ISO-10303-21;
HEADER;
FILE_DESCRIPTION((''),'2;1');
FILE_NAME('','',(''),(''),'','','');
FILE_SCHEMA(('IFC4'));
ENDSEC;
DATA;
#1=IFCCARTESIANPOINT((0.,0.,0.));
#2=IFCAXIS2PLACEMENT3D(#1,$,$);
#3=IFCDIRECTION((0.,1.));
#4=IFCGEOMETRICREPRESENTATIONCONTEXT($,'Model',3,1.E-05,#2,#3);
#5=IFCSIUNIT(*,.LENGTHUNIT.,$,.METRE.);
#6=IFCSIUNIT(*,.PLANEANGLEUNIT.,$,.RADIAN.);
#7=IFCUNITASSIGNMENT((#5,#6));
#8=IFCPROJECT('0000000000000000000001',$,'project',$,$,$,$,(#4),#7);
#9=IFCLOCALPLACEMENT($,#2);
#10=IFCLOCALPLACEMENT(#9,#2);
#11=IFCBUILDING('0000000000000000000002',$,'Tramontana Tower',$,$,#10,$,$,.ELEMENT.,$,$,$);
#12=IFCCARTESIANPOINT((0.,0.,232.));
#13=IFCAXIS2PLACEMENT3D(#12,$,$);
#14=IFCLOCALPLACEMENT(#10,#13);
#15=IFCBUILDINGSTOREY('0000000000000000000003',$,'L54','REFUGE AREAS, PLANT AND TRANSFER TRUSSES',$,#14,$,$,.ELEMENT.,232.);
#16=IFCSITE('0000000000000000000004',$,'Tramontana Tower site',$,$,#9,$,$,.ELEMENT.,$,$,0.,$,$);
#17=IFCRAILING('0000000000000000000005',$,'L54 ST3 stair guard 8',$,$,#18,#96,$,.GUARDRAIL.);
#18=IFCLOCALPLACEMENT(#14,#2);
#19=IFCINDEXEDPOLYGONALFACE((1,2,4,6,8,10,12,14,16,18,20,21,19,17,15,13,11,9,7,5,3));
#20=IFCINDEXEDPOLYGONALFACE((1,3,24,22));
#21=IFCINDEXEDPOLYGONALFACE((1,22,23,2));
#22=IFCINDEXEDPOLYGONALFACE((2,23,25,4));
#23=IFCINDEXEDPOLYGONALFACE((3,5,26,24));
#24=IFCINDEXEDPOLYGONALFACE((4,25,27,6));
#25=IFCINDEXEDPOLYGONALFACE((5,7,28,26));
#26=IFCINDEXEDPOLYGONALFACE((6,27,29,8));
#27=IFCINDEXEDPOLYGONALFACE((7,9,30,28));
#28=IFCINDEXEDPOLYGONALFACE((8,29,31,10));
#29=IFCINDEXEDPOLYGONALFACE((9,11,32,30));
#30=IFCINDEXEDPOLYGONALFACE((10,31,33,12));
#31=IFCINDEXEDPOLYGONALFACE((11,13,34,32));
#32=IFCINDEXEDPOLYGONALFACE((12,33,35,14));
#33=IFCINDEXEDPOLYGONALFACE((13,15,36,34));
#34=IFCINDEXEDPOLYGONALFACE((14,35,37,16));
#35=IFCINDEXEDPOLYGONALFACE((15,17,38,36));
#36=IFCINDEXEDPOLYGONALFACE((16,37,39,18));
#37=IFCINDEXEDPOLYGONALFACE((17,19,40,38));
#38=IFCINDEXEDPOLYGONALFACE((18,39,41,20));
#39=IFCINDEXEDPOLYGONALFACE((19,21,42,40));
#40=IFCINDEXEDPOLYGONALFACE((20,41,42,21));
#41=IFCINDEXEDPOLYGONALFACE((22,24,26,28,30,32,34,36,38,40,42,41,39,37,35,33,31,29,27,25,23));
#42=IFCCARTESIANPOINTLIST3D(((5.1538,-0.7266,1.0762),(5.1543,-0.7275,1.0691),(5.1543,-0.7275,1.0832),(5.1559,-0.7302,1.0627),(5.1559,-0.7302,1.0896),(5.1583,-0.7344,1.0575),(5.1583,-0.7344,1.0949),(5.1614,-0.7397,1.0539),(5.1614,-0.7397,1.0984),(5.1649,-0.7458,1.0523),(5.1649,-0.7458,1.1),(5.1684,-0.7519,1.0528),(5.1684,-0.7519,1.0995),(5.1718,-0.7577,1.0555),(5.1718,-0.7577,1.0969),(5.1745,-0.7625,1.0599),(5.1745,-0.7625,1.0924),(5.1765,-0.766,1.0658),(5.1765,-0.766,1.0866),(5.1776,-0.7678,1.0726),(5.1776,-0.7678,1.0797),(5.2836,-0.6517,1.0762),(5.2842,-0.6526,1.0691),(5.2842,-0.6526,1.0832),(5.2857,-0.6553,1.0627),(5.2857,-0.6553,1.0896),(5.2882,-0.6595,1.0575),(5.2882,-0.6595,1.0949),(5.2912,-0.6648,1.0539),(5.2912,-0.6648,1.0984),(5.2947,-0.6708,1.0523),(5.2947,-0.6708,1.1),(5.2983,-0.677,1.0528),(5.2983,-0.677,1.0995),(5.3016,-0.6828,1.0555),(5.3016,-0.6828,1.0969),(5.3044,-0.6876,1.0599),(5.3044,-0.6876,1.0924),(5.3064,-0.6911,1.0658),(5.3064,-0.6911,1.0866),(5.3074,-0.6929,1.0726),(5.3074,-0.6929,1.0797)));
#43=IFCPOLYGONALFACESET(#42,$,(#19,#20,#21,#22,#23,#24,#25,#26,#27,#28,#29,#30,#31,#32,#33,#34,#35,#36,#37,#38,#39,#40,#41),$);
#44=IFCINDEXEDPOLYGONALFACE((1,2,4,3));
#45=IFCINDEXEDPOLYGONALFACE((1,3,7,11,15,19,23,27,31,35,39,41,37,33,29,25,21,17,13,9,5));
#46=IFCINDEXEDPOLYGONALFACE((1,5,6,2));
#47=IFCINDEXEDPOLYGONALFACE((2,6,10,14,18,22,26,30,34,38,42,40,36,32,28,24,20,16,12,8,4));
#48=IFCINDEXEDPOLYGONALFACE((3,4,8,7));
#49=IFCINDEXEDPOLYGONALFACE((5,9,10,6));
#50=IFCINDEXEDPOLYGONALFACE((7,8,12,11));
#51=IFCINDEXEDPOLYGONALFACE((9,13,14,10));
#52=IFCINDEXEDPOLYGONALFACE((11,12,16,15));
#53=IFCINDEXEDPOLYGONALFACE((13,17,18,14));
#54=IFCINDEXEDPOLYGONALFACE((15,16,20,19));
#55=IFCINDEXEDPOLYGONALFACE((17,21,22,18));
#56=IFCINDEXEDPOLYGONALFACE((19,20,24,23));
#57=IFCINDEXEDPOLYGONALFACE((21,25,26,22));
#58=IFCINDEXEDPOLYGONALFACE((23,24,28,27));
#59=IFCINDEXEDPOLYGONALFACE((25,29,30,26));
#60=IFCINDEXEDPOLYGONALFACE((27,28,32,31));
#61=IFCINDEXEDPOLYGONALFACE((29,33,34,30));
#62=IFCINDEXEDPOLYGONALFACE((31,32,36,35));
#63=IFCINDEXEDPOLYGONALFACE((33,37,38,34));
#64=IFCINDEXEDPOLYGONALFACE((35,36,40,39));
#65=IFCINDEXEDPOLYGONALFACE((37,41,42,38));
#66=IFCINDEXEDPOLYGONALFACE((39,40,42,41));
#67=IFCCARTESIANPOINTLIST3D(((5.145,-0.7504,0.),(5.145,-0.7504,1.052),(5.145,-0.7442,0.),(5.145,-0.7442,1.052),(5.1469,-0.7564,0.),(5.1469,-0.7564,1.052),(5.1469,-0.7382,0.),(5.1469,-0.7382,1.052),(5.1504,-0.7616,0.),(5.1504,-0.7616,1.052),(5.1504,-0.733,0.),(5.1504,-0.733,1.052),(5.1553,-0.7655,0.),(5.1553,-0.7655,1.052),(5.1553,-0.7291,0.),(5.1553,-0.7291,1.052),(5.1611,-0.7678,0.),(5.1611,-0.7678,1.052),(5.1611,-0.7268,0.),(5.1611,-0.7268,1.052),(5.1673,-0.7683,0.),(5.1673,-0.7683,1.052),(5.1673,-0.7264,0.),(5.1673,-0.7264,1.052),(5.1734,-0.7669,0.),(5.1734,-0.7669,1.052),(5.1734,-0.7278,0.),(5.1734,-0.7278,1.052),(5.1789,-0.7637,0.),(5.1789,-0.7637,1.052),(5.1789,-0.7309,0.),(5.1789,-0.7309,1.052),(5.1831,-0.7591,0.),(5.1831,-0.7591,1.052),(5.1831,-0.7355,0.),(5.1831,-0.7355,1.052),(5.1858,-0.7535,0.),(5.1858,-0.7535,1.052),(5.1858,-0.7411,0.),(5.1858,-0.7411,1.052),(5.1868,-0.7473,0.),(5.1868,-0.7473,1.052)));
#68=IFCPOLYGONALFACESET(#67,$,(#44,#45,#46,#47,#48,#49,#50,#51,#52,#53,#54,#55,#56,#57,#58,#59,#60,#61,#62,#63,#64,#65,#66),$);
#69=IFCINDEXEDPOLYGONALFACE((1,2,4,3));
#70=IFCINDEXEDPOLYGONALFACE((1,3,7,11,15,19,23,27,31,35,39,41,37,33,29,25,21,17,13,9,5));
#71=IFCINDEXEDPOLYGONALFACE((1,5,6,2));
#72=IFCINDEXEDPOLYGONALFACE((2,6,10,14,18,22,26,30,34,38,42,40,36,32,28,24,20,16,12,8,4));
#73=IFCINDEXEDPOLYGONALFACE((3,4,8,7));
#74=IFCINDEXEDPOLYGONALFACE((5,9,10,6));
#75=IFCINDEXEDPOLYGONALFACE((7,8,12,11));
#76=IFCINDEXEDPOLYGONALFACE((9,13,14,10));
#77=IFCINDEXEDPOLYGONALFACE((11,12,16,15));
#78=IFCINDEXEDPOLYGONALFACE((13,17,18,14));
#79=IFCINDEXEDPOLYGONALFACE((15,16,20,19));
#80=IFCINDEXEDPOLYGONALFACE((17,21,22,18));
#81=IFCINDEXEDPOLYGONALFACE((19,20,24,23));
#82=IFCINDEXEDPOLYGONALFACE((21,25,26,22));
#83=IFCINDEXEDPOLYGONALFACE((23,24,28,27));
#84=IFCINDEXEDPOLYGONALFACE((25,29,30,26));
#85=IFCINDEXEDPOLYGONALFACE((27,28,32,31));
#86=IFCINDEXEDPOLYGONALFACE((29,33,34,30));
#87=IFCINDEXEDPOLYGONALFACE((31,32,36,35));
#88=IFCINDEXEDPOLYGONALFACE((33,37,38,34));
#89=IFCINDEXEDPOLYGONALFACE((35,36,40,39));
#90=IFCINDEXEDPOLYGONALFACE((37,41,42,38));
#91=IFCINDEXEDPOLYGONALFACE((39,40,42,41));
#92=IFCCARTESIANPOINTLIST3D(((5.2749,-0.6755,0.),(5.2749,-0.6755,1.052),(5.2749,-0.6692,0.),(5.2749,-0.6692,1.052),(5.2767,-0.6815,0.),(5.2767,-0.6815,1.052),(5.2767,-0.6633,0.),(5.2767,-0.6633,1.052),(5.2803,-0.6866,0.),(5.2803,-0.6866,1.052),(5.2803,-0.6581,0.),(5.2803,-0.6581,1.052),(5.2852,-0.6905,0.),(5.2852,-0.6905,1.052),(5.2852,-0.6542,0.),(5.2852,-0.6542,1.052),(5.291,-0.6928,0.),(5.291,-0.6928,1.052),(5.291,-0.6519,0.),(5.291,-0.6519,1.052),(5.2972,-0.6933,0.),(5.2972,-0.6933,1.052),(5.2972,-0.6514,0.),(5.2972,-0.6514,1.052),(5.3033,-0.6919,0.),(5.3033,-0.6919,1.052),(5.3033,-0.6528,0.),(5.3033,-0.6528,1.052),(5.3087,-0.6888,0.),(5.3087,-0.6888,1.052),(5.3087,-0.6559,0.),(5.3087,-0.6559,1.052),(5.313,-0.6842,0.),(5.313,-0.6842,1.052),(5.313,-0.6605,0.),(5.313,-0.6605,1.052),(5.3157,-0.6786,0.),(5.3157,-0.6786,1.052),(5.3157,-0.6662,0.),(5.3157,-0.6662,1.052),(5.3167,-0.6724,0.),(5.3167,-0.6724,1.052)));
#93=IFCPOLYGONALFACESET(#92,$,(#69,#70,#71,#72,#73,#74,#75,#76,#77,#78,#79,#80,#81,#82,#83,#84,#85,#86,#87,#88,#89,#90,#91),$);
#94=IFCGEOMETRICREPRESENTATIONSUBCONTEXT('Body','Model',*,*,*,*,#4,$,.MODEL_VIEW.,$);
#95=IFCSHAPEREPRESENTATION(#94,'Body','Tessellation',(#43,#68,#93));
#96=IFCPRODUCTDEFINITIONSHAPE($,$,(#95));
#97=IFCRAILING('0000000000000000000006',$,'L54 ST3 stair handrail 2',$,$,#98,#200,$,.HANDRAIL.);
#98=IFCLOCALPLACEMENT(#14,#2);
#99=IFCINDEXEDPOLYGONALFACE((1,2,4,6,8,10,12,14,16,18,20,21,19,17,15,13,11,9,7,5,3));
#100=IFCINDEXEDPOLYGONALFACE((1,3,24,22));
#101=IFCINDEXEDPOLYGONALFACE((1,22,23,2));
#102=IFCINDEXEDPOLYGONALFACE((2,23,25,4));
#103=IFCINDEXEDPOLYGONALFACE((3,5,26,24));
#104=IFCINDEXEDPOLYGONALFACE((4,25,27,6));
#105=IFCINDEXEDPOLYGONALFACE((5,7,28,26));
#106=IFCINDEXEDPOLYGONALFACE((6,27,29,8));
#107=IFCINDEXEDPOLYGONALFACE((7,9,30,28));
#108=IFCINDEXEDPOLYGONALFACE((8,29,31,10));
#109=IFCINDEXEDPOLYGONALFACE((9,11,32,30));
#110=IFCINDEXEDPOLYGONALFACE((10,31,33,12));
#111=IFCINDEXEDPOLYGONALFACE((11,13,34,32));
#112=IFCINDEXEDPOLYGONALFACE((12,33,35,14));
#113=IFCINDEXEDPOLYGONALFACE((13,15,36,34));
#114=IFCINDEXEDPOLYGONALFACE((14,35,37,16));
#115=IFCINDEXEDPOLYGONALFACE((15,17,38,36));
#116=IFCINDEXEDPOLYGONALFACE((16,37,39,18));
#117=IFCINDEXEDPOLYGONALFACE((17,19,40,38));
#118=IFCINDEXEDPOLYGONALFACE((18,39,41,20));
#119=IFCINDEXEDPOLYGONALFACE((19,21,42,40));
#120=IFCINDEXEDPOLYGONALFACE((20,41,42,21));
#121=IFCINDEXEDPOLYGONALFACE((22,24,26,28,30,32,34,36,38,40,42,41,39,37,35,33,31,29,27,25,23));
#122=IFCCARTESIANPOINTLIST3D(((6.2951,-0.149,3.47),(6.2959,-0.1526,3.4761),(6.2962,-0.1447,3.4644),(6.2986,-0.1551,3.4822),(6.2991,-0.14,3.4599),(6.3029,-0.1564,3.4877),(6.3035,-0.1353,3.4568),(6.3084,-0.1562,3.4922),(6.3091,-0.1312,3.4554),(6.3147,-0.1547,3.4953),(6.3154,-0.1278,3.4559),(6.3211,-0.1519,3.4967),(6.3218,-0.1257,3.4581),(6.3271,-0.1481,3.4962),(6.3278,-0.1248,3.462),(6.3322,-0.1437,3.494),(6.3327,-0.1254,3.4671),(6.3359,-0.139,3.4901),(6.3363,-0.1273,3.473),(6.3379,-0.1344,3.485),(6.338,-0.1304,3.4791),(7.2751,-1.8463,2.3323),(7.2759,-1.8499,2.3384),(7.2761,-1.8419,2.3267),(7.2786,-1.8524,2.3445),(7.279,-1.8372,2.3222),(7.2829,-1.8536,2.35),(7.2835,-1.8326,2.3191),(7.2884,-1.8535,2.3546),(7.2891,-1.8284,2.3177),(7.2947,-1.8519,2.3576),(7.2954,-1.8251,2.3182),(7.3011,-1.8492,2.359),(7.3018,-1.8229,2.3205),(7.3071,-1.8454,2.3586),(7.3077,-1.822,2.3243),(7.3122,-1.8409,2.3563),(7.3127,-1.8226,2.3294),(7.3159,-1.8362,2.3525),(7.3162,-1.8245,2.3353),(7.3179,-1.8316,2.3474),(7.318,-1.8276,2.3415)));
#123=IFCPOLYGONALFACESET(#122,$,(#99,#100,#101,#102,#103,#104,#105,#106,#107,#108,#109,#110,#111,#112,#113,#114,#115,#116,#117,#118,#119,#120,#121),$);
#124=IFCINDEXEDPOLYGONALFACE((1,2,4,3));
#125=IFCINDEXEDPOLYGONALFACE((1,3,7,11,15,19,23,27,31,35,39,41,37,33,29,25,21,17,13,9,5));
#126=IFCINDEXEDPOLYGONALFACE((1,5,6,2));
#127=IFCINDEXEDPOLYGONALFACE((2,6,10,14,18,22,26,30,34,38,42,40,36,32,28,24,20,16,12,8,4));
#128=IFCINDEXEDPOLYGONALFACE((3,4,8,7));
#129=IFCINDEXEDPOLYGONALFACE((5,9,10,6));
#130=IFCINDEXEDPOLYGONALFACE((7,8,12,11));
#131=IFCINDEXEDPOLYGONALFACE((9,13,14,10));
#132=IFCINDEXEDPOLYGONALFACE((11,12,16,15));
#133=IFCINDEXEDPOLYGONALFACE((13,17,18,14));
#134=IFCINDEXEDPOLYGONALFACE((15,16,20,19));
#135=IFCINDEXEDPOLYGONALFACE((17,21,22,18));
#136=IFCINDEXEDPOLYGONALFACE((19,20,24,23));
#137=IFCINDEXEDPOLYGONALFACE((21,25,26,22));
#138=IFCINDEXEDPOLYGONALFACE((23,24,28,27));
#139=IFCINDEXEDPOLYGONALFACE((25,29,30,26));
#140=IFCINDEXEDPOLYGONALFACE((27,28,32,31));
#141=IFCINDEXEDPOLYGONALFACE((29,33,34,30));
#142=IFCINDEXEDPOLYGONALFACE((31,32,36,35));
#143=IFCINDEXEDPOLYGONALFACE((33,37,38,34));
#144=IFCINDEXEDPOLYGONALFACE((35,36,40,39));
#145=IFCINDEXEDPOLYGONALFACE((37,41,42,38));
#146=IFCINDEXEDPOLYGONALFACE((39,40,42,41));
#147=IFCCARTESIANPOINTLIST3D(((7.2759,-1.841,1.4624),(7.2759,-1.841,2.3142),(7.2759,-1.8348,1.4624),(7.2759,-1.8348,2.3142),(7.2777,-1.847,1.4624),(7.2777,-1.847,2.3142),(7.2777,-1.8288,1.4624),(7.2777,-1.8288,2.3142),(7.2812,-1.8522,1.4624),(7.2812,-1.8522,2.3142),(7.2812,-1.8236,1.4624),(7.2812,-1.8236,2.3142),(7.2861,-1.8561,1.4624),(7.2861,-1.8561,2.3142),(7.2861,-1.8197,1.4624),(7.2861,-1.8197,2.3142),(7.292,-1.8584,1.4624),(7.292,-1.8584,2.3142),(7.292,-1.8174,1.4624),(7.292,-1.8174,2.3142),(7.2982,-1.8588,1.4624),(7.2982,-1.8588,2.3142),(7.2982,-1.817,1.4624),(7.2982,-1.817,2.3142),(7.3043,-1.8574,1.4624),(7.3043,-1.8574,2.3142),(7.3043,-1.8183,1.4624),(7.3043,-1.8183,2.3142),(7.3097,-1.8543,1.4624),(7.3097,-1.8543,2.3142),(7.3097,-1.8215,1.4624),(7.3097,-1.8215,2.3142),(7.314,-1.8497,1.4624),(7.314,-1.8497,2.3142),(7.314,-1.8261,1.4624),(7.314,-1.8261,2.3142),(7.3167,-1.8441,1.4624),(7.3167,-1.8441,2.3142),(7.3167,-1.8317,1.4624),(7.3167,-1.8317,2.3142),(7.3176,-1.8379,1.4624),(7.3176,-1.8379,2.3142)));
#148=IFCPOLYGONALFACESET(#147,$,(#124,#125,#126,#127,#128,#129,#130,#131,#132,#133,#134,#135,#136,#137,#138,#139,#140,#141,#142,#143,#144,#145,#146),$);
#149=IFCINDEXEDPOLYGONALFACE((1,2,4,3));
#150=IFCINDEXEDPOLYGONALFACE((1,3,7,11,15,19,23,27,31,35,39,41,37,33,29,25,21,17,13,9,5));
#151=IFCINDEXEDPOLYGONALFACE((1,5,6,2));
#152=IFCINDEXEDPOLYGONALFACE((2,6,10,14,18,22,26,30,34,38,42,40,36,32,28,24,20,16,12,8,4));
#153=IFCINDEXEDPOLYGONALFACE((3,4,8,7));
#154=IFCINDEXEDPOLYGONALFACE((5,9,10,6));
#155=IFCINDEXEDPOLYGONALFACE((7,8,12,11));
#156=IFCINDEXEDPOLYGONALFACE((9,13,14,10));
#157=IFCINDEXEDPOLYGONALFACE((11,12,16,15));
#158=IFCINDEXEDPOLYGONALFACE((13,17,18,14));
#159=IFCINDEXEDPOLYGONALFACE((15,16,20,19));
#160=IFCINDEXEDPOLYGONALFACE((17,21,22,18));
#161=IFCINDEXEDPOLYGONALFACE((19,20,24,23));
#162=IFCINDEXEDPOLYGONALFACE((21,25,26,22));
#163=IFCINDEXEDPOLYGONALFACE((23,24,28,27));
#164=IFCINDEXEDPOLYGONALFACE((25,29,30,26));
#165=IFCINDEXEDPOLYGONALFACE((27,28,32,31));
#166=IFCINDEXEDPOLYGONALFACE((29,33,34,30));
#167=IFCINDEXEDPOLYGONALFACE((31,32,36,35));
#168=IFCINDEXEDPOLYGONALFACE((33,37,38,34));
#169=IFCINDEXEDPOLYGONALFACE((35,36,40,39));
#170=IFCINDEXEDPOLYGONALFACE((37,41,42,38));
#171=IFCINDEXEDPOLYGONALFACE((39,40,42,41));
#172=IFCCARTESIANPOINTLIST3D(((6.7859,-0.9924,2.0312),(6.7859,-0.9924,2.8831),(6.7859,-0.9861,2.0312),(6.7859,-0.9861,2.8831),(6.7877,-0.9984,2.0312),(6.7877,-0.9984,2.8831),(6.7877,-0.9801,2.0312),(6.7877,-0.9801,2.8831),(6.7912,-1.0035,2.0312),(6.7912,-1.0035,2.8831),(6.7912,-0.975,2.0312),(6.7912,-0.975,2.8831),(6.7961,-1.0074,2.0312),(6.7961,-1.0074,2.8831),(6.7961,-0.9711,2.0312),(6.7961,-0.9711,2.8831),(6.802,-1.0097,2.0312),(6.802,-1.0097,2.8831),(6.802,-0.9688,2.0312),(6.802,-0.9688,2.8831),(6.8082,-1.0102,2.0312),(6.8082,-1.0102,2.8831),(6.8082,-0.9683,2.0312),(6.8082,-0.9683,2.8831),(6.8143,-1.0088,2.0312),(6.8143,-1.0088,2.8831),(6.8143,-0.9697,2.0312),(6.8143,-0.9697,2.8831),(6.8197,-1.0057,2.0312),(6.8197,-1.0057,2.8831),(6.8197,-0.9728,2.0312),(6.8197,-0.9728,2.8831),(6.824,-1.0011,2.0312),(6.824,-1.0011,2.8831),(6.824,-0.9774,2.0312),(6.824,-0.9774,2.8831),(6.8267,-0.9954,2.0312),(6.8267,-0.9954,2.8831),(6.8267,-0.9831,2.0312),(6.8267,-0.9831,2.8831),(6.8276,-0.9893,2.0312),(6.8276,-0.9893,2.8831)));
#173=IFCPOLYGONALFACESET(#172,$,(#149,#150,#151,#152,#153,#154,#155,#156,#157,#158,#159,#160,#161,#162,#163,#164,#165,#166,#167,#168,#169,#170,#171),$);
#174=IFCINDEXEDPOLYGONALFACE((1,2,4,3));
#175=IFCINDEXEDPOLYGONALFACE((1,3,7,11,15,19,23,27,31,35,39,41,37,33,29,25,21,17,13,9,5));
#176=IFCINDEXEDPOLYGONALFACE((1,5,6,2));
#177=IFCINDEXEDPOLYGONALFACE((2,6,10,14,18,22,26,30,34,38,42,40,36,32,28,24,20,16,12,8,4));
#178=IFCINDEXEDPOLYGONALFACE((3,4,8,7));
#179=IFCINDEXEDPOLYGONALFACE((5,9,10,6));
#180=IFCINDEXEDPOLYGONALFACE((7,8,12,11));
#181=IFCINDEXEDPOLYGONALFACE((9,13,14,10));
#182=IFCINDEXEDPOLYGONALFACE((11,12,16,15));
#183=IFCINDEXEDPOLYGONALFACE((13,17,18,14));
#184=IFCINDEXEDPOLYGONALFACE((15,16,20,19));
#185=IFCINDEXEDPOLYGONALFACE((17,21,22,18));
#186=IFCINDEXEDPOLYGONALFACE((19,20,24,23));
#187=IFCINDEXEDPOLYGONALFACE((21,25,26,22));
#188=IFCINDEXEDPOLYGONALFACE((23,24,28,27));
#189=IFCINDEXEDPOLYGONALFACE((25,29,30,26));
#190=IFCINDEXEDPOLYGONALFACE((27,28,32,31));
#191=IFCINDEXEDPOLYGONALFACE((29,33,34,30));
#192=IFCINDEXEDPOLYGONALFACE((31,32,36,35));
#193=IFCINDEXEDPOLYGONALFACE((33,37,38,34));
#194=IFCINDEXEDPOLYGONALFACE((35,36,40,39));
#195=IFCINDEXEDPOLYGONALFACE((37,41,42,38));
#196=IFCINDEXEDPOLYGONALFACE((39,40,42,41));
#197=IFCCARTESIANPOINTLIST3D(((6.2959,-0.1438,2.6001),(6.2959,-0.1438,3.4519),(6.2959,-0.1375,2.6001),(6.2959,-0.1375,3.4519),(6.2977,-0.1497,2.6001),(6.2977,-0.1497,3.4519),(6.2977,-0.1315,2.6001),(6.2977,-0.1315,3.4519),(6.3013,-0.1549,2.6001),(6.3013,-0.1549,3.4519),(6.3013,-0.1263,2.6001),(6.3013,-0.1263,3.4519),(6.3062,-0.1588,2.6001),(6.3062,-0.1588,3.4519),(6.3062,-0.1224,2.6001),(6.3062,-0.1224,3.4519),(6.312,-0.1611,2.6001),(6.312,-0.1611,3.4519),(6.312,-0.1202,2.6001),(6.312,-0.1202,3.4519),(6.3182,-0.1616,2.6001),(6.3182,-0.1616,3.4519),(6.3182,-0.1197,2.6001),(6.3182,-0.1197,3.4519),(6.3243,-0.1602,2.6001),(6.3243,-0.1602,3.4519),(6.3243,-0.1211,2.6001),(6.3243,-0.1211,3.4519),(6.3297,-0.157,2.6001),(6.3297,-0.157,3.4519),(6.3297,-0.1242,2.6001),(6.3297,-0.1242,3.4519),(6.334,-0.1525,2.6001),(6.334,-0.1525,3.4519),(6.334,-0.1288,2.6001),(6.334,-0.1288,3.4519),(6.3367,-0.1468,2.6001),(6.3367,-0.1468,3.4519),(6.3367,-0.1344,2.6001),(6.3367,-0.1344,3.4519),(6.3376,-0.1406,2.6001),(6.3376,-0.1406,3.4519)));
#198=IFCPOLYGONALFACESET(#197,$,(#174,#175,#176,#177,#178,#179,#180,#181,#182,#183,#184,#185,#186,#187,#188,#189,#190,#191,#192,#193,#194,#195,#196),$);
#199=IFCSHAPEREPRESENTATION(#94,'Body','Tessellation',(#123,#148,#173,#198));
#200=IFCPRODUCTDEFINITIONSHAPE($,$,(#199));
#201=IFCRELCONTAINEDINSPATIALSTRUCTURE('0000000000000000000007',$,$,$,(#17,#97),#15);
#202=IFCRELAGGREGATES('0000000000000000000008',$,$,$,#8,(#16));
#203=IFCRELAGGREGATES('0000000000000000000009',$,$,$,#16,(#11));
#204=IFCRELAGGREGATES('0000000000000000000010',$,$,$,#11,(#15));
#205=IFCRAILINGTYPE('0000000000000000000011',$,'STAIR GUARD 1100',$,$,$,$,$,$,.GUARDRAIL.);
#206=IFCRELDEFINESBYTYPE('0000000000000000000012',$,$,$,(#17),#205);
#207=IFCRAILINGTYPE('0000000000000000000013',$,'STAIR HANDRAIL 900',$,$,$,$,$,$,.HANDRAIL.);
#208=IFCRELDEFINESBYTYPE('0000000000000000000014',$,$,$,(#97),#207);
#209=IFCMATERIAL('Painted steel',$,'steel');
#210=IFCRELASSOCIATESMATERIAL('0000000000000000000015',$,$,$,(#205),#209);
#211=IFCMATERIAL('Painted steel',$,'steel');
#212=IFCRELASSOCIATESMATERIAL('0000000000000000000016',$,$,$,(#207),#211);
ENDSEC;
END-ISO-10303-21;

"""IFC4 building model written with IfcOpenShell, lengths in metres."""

from ifc_helpers import new_model, si_unit, direction, frame, origin, origin_2d, place, context, subcontext, project, spatial, circle, extrude, material, type_object, element, save


model = new_model("IFC4")

# Units and contexts
model_context = context("Model", 3, precision=1e-05, world=origin(), true_north=direction((0.0, 1.0)))
body_context = subcontext(model_context, "Body", "Model", "MODEL_VIEW")
ifc_project = project(units=[si_unit("LENGTHUNIT", "METRE"), si_unit("PLANEANGLEUNIT", "RADIAN")], contexts=[model_context])

# Site, building, storey
site_placement = place(None, origin())
site = spatial("IfcSite", under=ifc_project, at=site_placement, Name="Tramontana Tower site", CompositionType="ELEMENT", RefElevation=0.0)
building_placement = place(site_placement, origin())
building = spatial("IfcBuilding", under=site, at=building_placement, Name="Tramontana Tower", CompositionType="ELEMENT")
storey_placement = place(building_placement, frame((0.0, 0.0, 232.0)))
storey = spatial("IfcBuildingStorey", under=building, at=storey_placement, Name="L54", Description="REFUGE AREAS, PLANT AND TRANSFER TRUSSES", CompositionType="ELEMENT", Elevation=232.0)

# Railings
ifc_material_1 = material(Name="Painted steel", Category="steel")
railing_type_1 = type_object("IfcRailingType", Name="STAIR GUARD 1100", PredefinedType="GUARDRAIL", material=ifc_material_1)
for number, where, name in (
    (1, (5.1658, -0.7473, 0.0), "L54 ST3 stair guard 8"),
):
    element("IfcRailing", number, at=place(storey_placement, frame(where)), inside=storey, type_object=railing_type_1, Name=name, PredefinedType="GUARDRAIL", context=body_context, shape_type="SweptSolid", body=[
        extrude(circle(Radius=0.0239, at=origin_2d()), frame((0.0, 0.0, 1.0762), z_axis=(0.866131, 0.499816, 0.0), x_axis=(-0.499816, 0.866131, 0.0)), (0.0, 0.0, 1.0), 0.1499),
        extrude(circle(Radius=0.021, at=origin_2d()), origin(), (0.0, 0.0, 1.0), 1.052),
        extrude(circle(Radius=0.021, at=origin_2d()), frame((0.1299, 0.075, 0.0)), (0.0, 0.0, 1.0), 1.052),
    ])
ifc_material_2 = material(Name="Painted steel", Category="steel")
railing_type_2 = type_object("IfcRailingType", Name="STAIR HANDRAIL 900", PredefinedType="HANDRAIL", material=ifc_material_2)
railing_1_placement = place(storey_placement, frame((7.2966, -1.8379, 1.4624)))
element("IfcRailing", 2, at=railing_1_placement, inside=storey, type_object=railing_type_2, Name="L54 ST3 stair handrail 2", PredefinedType="HANDRAIL", context=body_context, shape_type="SweptSolid", body=[
    extrude(circle(Radius=0.0239, at=origin_2d()), frame((0.0, 0.0, 0.876), z_axis=(-0.432443, 0.748965, 0.502039), x_axis=(-0.866011, -0.500024, 0.0)), (0.0, 0.0, 1.0), 2.2661),
    extrude(circle(Radius=0.021, at=origin_2d()), origin(), (0.0, 0.0, 1.0), 0.8518),
    extrude(circle(Radius=0.021, at=origin_2d()), frame((-0.49, 0.8486, 0.5688)), (0.0, 0.0, 1.0), 0.8518),
    extrude(circle(Radius=0.021, at=origin_2d()), frame((-0.98, 1.6973, 1.1377)), (0.0, 0.0, 1.0), 0.8518),
])

save(model, "model.ifc")
